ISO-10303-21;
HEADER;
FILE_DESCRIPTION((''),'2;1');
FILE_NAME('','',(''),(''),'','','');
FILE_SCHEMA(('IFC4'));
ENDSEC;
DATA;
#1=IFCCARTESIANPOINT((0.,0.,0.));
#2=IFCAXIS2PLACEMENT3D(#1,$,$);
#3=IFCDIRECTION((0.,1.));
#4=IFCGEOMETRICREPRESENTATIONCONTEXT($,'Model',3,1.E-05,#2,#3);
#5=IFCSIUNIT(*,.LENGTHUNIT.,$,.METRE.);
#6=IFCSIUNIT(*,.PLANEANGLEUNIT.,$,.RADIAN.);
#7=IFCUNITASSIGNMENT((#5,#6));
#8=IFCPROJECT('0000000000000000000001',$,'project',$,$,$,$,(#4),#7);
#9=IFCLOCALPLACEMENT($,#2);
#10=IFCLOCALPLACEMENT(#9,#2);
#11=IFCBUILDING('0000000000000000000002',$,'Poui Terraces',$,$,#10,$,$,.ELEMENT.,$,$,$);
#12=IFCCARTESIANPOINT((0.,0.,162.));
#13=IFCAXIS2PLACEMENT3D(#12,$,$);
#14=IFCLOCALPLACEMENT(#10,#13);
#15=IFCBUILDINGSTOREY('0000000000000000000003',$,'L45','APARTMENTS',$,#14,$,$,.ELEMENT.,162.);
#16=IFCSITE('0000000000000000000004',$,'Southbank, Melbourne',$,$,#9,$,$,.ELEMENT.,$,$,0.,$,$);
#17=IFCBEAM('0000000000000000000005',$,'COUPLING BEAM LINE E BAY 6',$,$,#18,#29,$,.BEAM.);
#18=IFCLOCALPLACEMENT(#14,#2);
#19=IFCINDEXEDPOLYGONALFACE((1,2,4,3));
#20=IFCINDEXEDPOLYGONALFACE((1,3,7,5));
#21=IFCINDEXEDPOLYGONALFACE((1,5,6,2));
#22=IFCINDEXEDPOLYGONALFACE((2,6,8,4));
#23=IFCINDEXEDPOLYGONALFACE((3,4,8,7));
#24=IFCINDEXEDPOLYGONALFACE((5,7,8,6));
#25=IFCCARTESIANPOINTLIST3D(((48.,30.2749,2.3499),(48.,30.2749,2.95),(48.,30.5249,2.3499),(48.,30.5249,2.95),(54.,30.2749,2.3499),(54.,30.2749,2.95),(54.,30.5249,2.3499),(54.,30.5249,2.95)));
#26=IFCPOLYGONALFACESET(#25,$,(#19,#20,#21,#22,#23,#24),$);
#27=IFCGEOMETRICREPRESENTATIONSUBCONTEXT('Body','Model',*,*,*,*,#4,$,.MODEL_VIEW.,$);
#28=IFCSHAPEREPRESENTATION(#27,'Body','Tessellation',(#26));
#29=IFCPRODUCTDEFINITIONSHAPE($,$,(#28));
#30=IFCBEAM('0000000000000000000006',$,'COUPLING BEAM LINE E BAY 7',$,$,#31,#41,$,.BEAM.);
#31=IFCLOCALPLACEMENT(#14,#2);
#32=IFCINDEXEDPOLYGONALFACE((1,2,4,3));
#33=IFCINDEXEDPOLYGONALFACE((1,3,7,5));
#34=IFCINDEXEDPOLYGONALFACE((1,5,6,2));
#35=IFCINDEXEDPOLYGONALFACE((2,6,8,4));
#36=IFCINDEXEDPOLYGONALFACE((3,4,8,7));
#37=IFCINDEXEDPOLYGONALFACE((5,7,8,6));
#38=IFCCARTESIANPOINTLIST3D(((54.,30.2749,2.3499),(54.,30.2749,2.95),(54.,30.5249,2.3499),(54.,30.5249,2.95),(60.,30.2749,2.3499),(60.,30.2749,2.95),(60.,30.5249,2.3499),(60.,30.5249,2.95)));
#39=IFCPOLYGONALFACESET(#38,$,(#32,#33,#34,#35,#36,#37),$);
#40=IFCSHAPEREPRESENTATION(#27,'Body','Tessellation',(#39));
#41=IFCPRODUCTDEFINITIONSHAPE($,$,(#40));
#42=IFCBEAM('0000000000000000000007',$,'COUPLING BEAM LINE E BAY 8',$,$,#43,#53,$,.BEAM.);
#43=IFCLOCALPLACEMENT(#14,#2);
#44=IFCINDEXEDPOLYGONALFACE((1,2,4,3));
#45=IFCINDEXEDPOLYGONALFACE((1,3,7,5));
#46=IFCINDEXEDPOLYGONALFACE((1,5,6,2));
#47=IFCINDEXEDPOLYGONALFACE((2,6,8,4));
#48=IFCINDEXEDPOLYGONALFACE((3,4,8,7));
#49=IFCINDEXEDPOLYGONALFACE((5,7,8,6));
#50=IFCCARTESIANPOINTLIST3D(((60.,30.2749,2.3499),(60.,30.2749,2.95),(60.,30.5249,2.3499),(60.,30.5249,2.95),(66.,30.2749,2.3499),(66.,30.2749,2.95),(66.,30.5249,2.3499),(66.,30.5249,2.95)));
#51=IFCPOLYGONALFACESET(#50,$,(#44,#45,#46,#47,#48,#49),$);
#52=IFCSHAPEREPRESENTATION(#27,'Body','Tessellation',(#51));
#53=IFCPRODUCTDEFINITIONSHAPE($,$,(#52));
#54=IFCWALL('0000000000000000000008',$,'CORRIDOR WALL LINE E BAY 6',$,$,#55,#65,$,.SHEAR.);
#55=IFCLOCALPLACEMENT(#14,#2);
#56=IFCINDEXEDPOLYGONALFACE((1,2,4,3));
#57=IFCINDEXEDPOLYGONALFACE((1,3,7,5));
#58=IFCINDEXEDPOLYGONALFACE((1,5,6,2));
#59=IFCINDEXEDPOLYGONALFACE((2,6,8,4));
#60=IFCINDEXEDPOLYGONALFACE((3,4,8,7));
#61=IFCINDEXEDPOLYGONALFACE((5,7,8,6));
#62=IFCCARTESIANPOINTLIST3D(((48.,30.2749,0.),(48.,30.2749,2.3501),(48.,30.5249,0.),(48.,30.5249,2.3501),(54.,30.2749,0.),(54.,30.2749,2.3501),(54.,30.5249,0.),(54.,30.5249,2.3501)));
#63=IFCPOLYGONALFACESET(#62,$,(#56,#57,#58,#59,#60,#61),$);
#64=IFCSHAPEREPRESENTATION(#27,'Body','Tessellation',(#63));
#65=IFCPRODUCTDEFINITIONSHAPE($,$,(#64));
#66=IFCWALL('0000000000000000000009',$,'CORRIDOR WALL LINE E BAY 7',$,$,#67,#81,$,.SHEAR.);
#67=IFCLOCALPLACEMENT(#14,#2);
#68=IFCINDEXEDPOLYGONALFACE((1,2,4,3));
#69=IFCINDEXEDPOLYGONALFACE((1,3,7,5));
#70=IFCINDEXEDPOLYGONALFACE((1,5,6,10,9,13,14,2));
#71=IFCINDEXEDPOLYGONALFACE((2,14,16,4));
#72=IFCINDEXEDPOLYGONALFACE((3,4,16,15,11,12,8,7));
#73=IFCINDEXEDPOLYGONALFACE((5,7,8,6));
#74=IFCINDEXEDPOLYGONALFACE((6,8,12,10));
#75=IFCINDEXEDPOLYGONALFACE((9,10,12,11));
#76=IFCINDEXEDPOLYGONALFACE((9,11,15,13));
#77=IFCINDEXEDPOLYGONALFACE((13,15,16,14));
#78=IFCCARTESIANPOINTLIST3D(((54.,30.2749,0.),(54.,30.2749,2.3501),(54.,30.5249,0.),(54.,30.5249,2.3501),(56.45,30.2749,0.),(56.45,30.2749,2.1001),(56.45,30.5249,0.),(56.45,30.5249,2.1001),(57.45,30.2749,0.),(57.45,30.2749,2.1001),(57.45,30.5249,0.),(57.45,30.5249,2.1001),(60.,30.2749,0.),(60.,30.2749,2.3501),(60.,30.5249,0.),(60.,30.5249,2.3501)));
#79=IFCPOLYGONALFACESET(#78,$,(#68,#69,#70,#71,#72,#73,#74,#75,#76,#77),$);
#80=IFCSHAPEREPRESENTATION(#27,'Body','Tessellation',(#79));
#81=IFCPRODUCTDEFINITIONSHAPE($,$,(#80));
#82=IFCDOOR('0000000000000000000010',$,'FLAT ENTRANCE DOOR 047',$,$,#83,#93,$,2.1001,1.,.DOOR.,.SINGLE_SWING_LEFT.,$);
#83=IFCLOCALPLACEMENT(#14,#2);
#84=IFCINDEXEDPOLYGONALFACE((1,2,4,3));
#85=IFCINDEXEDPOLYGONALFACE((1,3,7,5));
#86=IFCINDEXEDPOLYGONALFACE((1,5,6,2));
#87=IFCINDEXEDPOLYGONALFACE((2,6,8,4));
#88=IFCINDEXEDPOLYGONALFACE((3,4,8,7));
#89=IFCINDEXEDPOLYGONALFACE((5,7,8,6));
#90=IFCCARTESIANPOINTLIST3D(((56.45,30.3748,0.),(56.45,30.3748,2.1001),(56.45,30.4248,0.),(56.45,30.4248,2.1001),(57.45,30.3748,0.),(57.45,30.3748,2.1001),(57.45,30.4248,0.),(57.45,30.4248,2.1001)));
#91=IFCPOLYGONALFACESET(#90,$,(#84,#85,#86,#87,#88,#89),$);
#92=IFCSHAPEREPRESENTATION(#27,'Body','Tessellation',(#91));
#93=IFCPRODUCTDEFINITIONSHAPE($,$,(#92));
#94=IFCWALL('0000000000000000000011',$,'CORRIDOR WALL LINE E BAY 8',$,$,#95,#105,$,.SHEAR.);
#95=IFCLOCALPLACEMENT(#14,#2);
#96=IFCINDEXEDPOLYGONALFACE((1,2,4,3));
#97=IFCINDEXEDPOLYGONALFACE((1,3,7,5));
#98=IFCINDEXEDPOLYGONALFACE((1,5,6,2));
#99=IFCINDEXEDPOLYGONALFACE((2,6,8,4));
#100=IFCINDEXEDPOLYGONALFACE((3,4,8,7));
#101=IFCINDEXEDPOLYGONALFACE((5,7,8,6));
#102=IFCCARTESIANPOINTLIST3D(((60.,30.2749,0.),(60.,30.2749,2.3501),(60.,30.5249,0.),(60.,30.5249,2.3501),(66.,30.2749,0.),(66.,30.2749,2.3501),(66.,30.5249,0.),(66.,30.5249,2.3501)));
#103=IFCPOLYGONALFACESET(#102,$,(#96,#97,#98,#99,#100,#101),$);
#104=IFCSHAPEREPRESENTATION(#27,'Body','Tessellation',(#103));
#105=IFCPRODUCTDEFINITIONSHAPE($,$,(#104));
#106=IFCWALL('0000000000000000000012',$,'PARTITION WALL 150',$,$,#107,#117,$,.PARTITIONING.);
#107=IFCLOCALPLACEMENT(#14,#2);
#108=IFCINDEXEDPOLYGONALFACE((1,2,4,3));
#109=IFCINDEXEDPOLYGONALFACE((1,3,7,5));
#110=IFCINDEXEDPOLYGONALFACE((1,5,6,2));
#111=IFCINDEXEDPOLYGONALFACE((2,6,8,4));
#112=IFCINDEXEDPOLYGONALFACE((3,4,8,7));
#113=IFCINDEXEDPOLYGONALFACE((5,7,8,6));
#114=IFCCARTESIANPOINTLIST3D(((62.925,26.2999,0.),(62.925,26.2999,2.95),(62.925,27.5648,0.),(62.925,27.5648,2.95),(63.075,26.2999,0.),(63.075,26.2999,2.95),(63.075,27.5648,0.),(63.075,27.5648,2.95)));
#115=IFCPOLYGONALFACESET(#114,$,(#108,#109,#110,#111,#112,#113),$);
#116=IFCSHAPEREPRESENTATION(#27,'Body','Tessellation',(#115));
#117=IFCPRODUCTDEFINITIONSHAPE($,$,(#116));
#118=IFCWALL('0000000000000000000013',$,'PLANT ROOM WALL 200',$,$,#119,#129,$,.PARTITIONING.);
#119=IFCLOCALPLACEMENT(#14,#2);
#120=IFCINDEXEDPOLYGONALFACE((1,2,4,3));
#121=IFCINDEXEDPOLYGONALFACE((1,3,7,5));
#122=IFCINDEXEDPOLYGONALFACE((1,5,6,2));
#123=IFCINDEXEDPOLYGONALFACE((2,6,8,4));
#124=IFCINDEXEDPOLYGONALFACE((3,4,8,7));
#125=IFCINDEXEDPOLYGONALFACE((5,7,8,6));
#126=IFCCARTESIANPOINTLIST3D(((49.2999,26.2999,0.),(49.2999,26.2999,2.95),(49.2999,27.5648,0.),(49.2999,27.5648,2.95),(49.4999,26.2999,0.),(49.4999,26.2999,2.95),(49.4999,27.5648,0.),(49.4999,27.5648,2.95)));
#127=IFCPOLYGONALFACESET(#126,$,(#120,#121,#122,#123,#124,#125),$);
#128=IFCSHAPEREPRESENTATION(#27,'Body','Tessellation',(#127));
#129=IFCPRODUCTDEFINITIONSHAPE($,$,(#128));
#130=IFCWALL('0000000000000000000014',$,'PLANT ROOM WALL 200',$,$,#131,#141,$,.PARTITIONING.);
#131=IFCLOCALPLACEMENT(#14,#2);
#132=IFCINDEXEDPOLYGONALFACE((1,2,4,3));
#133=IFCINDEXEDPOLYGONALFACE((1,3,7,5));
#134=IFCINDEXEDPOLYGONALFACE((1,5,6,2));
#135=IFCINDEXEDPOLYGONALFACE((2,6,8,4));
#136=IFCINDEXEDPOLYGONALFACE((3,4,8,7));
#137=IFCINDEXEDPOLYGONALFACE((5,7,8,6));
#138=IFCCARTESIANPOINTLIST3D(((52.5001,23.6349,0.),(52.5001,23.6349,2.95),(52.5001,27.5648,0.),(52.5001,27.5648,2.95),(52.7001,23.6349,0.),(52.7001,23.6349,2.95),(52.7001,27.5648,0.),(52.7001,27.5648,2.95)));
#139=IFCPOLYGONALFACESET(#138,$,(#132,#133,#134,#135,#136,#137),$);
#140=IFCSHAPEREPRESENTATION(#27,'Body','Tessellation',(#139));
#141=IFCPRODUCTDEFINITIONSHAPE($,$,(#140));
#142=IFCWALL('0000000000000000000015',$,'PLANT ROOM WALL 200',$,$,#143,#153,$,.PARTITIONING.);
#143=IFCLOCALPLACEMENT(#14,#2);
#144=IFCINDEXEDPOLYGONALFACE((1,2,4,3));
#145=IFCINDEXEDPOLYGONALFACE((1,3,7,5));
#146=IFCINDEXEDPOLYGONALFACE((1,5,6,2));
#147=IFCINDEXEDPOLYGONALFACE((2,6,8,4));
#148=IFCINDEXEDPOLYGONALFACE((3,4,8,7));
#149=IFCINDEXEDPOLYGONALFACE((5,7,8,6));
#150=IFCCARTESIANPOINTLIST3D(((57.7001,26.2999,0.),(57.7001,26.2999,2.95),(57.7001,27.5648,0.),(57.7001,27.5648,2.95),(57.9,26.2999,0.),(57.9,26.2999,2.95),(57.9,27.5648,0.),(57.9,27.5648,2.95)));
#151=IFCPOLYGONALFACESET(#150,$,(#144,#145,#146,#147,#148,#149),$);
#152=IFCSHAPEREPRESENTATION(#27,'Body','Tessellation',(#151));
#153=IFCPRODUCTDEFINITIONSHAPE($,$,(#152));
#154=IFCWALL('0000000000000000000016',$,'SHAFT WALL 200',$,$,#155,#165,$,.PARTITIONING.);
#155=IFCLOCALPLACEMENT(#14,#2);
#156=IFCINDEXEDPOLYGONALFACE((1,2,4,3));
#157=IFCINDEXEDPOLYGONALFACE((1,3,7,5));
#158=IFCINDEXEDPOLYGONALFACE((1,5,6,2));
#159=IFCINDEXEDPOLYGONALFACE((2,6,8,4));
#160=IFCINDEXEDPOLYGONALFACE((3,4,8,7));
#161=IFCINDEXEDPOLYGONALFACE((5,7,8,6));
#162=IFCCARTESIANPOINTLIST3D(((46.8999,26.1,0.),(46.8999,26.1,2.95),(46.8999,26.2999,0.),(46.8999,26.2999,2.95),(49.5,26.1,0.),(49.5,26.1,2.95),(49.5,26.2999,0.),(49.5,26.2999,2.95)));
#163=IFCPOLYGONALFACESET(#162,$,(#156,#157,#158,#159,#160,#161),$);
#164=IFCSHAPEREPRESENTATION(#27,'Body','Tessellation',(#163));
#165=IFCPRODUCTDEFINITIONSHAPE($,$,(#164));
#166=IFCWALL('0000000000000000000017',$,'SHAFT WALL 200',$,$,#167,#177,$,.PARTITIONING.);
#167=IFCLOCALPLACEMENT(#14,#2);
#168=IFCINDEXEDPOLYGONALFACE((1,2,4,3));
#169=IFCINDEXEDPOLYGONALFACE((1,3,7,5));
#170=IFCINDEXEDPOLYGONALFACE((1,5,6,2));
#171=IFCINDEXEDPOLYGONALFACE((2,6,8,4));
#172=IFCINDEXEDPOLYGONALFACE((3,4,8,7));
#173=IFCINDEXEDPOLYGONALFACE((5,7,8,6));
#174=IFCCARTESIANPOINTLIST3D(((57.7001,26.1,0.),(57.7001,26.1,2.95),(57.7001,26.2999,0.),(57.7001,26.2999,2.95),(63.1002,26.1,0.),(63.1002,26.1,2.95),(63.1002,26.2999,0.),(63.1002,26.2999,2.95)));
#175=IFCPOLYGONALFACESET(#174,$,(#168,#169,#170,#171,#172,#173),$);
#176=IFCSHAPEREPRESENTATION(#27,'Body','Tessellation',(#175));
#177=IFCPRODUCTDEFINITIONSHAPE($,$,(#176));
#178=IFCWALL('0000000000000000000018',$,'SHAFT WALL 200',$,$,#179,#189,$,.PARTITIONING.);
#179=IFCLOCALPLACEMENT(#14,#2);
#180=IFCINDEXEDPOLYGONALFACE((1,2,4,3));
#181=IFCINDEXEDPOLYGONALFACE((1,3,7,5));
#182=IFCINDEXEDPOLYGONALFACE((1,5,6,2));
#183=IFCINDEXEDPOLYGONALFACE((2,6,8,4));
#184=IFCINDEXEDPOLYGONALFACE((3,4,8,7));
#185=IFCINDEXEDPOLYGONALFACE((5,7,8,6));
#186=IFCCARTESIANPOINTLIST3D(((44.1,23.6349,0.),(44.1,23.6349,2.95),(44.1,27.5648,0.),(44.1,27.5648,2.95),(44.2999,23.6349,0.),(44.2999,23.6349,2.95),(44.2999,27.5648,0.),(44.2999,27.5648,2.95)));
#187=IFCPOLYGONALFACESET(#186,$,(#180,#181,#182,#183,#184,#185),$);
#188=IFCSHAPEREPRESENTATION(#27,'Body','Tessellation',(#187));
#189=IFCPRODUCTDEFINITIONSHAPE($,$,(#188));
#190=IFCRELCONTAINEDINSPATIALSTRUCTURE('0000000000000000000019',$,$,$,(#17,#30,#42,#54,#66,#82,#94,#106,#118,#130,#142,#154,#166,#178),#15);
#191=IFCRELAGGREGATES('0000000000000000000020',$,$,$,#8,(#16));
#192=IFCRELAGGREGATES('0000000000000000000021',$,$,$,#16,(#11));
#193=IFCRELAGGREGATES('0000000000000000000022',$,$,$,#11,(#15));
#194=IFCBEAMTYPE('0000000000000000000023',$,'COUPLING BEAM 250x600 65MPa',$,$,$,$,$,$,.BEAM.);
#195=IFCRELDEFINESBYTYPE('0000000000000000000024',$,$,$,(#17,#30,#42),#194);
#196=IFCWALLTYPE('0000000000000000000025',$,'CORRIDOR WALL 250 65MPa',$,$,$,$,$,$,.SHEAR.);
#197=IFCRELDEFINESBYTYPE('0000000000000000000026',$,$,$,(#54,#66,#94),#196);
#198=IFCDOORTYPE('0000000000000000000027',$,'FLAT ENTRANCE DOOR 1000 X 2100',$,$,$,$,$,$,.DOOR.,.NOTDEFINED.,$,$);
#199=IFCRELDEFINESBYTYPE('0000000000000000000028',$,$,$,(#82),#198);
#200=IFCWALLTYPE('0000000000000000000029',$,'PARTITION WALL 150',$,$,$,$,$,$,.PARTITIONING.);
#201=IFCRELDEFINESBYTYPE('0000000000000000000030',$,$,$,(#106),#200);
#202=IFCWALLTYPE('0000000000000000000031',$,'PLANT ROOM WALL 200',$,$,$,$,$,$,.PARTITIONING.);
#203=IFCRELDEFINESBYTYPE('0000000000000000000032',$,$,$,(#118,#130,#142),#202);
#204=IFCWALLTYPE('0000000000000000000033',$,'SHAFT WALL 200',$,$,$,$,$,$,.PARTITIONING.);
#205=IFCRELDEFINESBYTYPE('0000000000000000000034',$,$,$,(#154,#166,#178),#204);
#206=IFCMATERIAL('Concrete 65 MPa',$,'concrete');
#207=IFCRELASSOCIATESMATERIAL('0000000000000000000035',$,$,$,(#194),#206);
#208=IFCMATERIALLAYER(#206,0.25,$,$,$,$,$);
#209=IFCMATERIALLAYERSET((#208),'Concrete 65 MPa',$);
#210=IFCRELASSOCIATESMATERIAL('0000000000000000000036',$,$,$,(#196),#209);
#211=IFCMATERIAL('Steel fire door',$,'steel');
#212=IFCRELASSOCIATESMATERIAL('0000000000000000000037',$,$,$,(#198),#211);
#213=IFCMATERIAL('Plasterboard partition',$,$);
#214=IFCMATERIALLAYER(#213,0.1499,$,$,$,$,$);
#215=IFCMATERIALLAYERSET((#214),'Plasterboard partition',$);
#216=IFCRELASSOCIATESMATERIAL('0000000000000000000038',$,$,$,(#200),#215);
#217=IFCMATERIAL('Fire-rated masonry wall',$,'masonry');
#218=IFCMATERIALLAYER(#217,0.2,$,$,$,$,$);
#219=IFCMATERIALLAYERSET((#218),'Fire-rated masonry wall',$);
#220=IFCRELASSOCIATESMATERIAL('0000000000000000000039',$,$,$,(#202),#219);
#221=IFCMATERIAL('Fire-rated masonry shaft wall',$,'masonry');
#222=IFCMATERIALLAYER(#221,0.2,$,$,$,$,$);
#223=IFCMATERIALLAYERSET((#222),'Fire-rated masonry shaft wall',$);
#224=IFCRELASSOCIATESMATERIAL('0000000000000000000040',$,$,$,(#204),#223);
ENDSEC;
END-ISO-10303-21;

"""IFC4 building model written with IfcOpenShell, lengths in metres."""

from ifc_helpers import new_model, si_unit, direction, frame, frame_2d, origin, origin_2d, place, context, subcontext, project, spatial, rectangle, extrude, source, transform, mapped, material, layer, layer_set, material_profile, profile_set, type_object, element, fill, save


model = new_model("IFC4")

# Units and contexts
model_context = context("Model", 3, precision=1e-05, world=origin(), true_north=direction((0.0, 1.0)))
body_context = subcontext(model_context, "Body", "Model", "MODEL_VIEW")
ifc_project = project(units=[si_unit("LENGTHUNIT", "METRE"), si_unit("PLANEANGLEUNIT", "RADIAN")], contexts=[model_context])

# Site, building, storey
site_placement = place(None, origin())
site = spatial("IfcSite", under=ifc_project, at=site_placement, Name="Southbank, Melbourne", CompositionType="ELEMENT", RefElevation=0.0)
building_placement = place(site_placement, origin())
building = spatial("IfcBuilding", under=site, at=building_placement, Name="Poui Terraces", CompositionType="ELEMENT")
storey_placement = place(building_placement, frame((0.0, 0.0, 162.0)))
storey = spatial("IfcBuildingStorey", under=building, at=storey_placement, Name="L45", Description="APARTMENTS", CompositionType="ELEMENT", Elevation=162.0)

# Beams
ifc_material_1 = material(Name="Concrete 65 MPa", Category="concrete")
ifc_material_profile = material_profile(ifc_material_1, rectangle(XDim=0.25, YDim=0.6001, at=origin_2d()), Name="RC 250x600")
ifc_profile_set = profile_set([ifc_material_profile], Name="Concrete 65 MPa")
beam_type = type_object("IfcBeamType", Name="COUPLING BEAM 250x600 65MPa", PredefinedType="BEAM", material=ifc_profile_set)
shared_shape = source(origin(), body_context, "Body", "SweptSolid", [
    extrude(rectangle(XDim=0.25, YDim=0.6001, at=origin_2d()), origin(), (0.0, 0.0, 1.0), 6.0),
])
for number, where, z_axis, x_axis, name in (
    (1, (48.0, 30.3999, 2.6499), (1.0, 0.0, 0.0), (0.0, 1.0, 0.0), "COUPLING BEAM LINE E BAY 6"),
    (2, (54.0, 30.3999, 2.6499), (1.0, 0.0, 0.0), (0.0, 1.0, 0.0), "COUPLING BEAM LINE E BAY 7"),
    (3, (60.0, 30.3999, 2.6499), (1.0, 0.0, 0.0), (0.0, 1.0, 0.0), "COUPLING BEAM LINE E BAY 8"),
):
    element("IfcBeam", number, at=place(storey_placement, frame(where, z_axis=z_axis, x_axis=x_axis)), inside=storey, type_object=beam_type, Name=name, PredefinedType="BEAM", context=body_context, shape_type="MappedRepresentation", body=[
        mapped(shared_shape, transform((0.0, 0.0, 0.0))),
    ])

# Wall
ifc_layer_1 = layer(ifc_material_1, 0.25)
ifc_layer_set_1 = layer_set([ifc_layer_1], Name="Concrete 65 MPa")
wall_type_1 = type_object("IfcWallType", Name="CORRIDOR WALL 250 65MPa", PredefinedType="SHEAR", material=ifc_layer_set_1)
wall_1_placement = place(storey_placement, frame((48.0, 30.3999, 0.0), z_axis=(0.0, 0.0, 1.0), x_axis=(1.0, 0.0, 0.0)))
element("IfcWall", 4, at=wall_1_placement, inside=storey, type_object=wall_type_1, Name="CORRIDOR WALL LINE E BAY 6", PredefinedType="SHEAR", context=body_context, shape_type="SweptSolid", body=[
    extrude(rectangle(XDim=6.0, YDim=0.25, at=frame_2d((3.0, 0.0))), origin(), (0.0, 0.0, 1.0), 2.3501),
])

# Wall, opening, door
wall_2_placement = place(storey_placement, frame((54.0, 30.3999, 0.0), z_axis=(0.0, 0.0, 1.0), x_axis=(1.0, 0.0, 0.0)))
wall_2 = element("IfcWall", 5, at=wall_2_placement, inside=storey, type_object=wall_type_1, Name="CORRIDOR WALL LINE E BAY 7", PredefinedType="SHEAR", context=body_context, shape_type="SweptSolid", body=[
    extrude(rectangle(XDim=6.0, YDim=0.25, at=frame_2d((3.0, 0.0))), origin(), (0.0, 0.0, 1.0), 2.3501),
])
opening_placement = place(wall_2_placement, frame((2.45, 0.0, 0.0)))
opening = element("IfcOpeningElement", 6, at=opening_placement, cuts=wall_2, PredefinedType="OPENING", context=body_context, shape_type="SweptSolid", body=[
    extrude(rectangle(XDim=1.0, YDim=2.1001, at=frame_2d((0.5, 1.05))), frame((0.0, 0.135, 0.0), z_axis=(0.0, -1.0, 0.0), x_axis=(1.0, 0.0, 0.0)), (0.0, 0.0, 1.0), 0.27),
])
ifc_material_2 = material(Name="Steel fire door", Category="steel")
door_type = type_object("IfcDoorType", Name="FLAT ENTRANCE DOOR 1000 X 2100", OperationType="NOTDEFINED", PredefinedType="DOOR", material=ifc_material_2)
door_placement = place(opening_placement, origin())
door = element("IfcDoor", 7, at=door_placement, inside=storey, type_object=door_type, Name="FLAT ENTRANCE DOOR 047", OperationType="SINGLE_SWING_LEFT", OverallHeight=2.1001, OverallWidth=1.0, PredefinedType="DOOR", context=body_context, shape_type="SweptSolid", body=[
    extrude(rectangle(XDim=1.0, YDim=2.1001, at=frame_2d((0.5, 1.05))), frame((0.0, 0.0249, 0.0), z_axis=(0.0, -1.0, 0.0), x_axis=(1.0, 0.0, 0.0)), (0.0, 0.0, 1.0), 0.05),
])
fill(opening, door)

# Walls
wall_3_placement = place(storey_placement, frame((60.0, 30.3999, 0.0), z_axis=(0.0, 0.0, 1.0), x_axis=(1.0, 0.0, 0.0)))
element("IfcWall", 8, at=wall_3_placement, inside=storey, type_object=wall_type_1, Name="CORRIDOR WALL LINE E BAY 8", PredefinedType="SHEAR", context=body_context, shape_type="SweptSolid", body=[
    extrude(rectangle(XDim=6.0, YDim=0.25, at=frame_2d((3.0, 0.0))), origin(), (0.0, 0.0, 1.0), 2.3501),
])
ifc_material_3 = material(Name="Plasterboard partition")
ifc_layer_2 = layer(ifc_material_3, 0.1499)
ifc_layer_set_2 = layer_set([ifc_layer_2], Name="Plasterboard partition")
wall_type_2 = type_object("IfcWallType", Name="PARTITION WALL 150", PredefinedType="PARTITIONING", material=ifc_layer_set_2)
wall_4_placement = place(storey_placement, frame((63.0, 26.3, 0.0), z_axis=(0.0, 0.0, 1.0), x_axis=(0.0, 1.0, 0.0)))
element("IfcWall", 9, at=wall_4_placement, inside=storey, type_object=wall_type_2, Name="PARTITION WALL 150", PredefinedType="PARTITIONING", context=body_context, shape_type="SweptSolid", body=[
    extrude(rectangle(XDim=1.2649, YDim=0.1499, at=frame_2d((0.6323, 0.0))), origin(), (0.0, 0.0, 1.0), 2.95),
])
ifc_material_4 = material(Name="Fire-rated masonry wall", Category="masonry")
ifc_layer_3 = layer(ifc_material_4, 0.2)
ifc_layer_set_3 = layer_set([ifc_layer_3], Name="Fire-rated masonry wall")
wall_type_3 = type_object("IfcWallType", Name="PLANT ROOM WALL 200", PredefinedType="PARTITIONING", material=ifc_layer_set_3)
wall_5_placement = place(storey_placement, frame((49.3999, 26.3, 0.0), z_axis=(0.0, 0.0, 1.0), x_axis=(0.0, 1.0, 0.0)))
element("IfcWall", 10, at=wall_5_placement, inside=storey, type_object=wall_type_3, Name="PLANT ROOM WALL 200", PredefinedType="PARTITIONING", context=body_context, shape_type="SweptSolid", body=[
    extrude(rectangle(XDim=1.2649, YDim=0.2, at=frame_2d((0.6323, 0.0))), origin(), (0.0, 0.0, 1.0), 2.95),
])
wall_6_placement = place(storey_placement, frame((52.6001, 23.635, 0.0), z_axis=(0.0, 0.0, 1.0), x_axis=(0.0, 1.0, 0.0)))
element("IfcWall", 11, at=wall_6_placement, inside=storey, type_object=wall_type_3, Name="PLANT ROOM WALL 200", PredefinedType="PARTITIONING", context=body_context, shape_type="SweptSolid", body=[
    extrude(rectangle(XDim=3.9299, YDim=0.2, at=frame_2d((1.9648, 0.0))), origin(), (0.0, 0.0, 1.0), 2.95),
])
wall_7_placement = place(storey_placement, frame((57.8, 26.3, 0.0), z_axis=(0.0, 0.0, 1.0), x_axis=(0.0, 1.0, 0.0)))
element("IfcWall", 12, at=wall_7_placement, inside=storey, type_object=wall_type_3, Name="PLANT ROOM WALL 200", PredefinedType="PARTITIONING", context=body_context, shape_type="SweptSolid", body=[
    extrude(rectangle(XDim=1.2649, YDim=0.2, at=frame_2d((0.6323, 0.0))), origin(), (0.0, 0.0, 1.0), 2.95),
])
ifc_material_5 = material(Name="Fire-rated masonry shaft wall", Category="masonry")
ifc_layer_4 = layer(ifc_material_5, 0.2)
ifc_layer_set_4 = layer_set([ifc_layer_4], Name="Fire-rated masonry shaft wall")
wall_type_4 = type_object("IfcWallType", Name="SHAFT WALL 200", PredefinedType="PARTITIONING", material=ifc_layer_set_4)
wall_8_placement = place(storey_placement, frame((46.8999, 26.2, 0.0), z_axis=(0.0, 0.0, 1.0), x_axis=(1.0, 0.0, 0.0)))
element("IfcWall", 13, at=wall_8_placement, inside=storey, type_object=wall_type_4, Name="SHAFT WALL 200", PredefinedType="PARTITIONING", context=body_context, shape_type="SweptSolid", body=[
    extrude(rectangle(XDim=2.6001, YDim=0.2, at=frame_2d((1.3, 0.0))), origin(), (0.0, 0.0, 1.0), 2.95),
])
wall_9_placement = place(storey_placement, frame((57.7, 26.2, 0.0), z_axis=(0.0, 0.0, 1.0), x_axis=(1.0, 0.0, 0.0)))
element("IfcWall", 14, at=wall_9_placement, inside=storey, type_object=wall_type_4, Name="SHAFT WALL 200", PredefinedType="PARTITIONING", context=body_context, shape_type="SweptSolid", body=[
    extrude(rectangle(XDim=5.4001, YDim=0.2, at=frame_2d((2.7002, 0.0))), origin(), (0.0, 0.0, 1.0), 2.95),
])
for number, where, z_axis, x_axis, name in (
    (15, (44.2, 23.635, 0.0), (0.0, 0.0, 1.0), (0.0, 1.0, 0.0), "SHAFT WALL 200"),
):
    element("IfcWall", number, at=place(storey_placement, frame(where, z_axis=z_axis, x_axis=x_axis)), inside=storey, type_object=wall_type_4, Name=name, PredefinedType="PARTITIONING", context=body_context, shape_type="SweptSolid", body=[
        extrude(rectangle(XDim=3.9299, YDim=0.2, at=frame_2d((1.9648, 0.0))), origin(), (0.0, 0.0, 1.0), 2.95),
    ])

save(model, "model.ifc")
